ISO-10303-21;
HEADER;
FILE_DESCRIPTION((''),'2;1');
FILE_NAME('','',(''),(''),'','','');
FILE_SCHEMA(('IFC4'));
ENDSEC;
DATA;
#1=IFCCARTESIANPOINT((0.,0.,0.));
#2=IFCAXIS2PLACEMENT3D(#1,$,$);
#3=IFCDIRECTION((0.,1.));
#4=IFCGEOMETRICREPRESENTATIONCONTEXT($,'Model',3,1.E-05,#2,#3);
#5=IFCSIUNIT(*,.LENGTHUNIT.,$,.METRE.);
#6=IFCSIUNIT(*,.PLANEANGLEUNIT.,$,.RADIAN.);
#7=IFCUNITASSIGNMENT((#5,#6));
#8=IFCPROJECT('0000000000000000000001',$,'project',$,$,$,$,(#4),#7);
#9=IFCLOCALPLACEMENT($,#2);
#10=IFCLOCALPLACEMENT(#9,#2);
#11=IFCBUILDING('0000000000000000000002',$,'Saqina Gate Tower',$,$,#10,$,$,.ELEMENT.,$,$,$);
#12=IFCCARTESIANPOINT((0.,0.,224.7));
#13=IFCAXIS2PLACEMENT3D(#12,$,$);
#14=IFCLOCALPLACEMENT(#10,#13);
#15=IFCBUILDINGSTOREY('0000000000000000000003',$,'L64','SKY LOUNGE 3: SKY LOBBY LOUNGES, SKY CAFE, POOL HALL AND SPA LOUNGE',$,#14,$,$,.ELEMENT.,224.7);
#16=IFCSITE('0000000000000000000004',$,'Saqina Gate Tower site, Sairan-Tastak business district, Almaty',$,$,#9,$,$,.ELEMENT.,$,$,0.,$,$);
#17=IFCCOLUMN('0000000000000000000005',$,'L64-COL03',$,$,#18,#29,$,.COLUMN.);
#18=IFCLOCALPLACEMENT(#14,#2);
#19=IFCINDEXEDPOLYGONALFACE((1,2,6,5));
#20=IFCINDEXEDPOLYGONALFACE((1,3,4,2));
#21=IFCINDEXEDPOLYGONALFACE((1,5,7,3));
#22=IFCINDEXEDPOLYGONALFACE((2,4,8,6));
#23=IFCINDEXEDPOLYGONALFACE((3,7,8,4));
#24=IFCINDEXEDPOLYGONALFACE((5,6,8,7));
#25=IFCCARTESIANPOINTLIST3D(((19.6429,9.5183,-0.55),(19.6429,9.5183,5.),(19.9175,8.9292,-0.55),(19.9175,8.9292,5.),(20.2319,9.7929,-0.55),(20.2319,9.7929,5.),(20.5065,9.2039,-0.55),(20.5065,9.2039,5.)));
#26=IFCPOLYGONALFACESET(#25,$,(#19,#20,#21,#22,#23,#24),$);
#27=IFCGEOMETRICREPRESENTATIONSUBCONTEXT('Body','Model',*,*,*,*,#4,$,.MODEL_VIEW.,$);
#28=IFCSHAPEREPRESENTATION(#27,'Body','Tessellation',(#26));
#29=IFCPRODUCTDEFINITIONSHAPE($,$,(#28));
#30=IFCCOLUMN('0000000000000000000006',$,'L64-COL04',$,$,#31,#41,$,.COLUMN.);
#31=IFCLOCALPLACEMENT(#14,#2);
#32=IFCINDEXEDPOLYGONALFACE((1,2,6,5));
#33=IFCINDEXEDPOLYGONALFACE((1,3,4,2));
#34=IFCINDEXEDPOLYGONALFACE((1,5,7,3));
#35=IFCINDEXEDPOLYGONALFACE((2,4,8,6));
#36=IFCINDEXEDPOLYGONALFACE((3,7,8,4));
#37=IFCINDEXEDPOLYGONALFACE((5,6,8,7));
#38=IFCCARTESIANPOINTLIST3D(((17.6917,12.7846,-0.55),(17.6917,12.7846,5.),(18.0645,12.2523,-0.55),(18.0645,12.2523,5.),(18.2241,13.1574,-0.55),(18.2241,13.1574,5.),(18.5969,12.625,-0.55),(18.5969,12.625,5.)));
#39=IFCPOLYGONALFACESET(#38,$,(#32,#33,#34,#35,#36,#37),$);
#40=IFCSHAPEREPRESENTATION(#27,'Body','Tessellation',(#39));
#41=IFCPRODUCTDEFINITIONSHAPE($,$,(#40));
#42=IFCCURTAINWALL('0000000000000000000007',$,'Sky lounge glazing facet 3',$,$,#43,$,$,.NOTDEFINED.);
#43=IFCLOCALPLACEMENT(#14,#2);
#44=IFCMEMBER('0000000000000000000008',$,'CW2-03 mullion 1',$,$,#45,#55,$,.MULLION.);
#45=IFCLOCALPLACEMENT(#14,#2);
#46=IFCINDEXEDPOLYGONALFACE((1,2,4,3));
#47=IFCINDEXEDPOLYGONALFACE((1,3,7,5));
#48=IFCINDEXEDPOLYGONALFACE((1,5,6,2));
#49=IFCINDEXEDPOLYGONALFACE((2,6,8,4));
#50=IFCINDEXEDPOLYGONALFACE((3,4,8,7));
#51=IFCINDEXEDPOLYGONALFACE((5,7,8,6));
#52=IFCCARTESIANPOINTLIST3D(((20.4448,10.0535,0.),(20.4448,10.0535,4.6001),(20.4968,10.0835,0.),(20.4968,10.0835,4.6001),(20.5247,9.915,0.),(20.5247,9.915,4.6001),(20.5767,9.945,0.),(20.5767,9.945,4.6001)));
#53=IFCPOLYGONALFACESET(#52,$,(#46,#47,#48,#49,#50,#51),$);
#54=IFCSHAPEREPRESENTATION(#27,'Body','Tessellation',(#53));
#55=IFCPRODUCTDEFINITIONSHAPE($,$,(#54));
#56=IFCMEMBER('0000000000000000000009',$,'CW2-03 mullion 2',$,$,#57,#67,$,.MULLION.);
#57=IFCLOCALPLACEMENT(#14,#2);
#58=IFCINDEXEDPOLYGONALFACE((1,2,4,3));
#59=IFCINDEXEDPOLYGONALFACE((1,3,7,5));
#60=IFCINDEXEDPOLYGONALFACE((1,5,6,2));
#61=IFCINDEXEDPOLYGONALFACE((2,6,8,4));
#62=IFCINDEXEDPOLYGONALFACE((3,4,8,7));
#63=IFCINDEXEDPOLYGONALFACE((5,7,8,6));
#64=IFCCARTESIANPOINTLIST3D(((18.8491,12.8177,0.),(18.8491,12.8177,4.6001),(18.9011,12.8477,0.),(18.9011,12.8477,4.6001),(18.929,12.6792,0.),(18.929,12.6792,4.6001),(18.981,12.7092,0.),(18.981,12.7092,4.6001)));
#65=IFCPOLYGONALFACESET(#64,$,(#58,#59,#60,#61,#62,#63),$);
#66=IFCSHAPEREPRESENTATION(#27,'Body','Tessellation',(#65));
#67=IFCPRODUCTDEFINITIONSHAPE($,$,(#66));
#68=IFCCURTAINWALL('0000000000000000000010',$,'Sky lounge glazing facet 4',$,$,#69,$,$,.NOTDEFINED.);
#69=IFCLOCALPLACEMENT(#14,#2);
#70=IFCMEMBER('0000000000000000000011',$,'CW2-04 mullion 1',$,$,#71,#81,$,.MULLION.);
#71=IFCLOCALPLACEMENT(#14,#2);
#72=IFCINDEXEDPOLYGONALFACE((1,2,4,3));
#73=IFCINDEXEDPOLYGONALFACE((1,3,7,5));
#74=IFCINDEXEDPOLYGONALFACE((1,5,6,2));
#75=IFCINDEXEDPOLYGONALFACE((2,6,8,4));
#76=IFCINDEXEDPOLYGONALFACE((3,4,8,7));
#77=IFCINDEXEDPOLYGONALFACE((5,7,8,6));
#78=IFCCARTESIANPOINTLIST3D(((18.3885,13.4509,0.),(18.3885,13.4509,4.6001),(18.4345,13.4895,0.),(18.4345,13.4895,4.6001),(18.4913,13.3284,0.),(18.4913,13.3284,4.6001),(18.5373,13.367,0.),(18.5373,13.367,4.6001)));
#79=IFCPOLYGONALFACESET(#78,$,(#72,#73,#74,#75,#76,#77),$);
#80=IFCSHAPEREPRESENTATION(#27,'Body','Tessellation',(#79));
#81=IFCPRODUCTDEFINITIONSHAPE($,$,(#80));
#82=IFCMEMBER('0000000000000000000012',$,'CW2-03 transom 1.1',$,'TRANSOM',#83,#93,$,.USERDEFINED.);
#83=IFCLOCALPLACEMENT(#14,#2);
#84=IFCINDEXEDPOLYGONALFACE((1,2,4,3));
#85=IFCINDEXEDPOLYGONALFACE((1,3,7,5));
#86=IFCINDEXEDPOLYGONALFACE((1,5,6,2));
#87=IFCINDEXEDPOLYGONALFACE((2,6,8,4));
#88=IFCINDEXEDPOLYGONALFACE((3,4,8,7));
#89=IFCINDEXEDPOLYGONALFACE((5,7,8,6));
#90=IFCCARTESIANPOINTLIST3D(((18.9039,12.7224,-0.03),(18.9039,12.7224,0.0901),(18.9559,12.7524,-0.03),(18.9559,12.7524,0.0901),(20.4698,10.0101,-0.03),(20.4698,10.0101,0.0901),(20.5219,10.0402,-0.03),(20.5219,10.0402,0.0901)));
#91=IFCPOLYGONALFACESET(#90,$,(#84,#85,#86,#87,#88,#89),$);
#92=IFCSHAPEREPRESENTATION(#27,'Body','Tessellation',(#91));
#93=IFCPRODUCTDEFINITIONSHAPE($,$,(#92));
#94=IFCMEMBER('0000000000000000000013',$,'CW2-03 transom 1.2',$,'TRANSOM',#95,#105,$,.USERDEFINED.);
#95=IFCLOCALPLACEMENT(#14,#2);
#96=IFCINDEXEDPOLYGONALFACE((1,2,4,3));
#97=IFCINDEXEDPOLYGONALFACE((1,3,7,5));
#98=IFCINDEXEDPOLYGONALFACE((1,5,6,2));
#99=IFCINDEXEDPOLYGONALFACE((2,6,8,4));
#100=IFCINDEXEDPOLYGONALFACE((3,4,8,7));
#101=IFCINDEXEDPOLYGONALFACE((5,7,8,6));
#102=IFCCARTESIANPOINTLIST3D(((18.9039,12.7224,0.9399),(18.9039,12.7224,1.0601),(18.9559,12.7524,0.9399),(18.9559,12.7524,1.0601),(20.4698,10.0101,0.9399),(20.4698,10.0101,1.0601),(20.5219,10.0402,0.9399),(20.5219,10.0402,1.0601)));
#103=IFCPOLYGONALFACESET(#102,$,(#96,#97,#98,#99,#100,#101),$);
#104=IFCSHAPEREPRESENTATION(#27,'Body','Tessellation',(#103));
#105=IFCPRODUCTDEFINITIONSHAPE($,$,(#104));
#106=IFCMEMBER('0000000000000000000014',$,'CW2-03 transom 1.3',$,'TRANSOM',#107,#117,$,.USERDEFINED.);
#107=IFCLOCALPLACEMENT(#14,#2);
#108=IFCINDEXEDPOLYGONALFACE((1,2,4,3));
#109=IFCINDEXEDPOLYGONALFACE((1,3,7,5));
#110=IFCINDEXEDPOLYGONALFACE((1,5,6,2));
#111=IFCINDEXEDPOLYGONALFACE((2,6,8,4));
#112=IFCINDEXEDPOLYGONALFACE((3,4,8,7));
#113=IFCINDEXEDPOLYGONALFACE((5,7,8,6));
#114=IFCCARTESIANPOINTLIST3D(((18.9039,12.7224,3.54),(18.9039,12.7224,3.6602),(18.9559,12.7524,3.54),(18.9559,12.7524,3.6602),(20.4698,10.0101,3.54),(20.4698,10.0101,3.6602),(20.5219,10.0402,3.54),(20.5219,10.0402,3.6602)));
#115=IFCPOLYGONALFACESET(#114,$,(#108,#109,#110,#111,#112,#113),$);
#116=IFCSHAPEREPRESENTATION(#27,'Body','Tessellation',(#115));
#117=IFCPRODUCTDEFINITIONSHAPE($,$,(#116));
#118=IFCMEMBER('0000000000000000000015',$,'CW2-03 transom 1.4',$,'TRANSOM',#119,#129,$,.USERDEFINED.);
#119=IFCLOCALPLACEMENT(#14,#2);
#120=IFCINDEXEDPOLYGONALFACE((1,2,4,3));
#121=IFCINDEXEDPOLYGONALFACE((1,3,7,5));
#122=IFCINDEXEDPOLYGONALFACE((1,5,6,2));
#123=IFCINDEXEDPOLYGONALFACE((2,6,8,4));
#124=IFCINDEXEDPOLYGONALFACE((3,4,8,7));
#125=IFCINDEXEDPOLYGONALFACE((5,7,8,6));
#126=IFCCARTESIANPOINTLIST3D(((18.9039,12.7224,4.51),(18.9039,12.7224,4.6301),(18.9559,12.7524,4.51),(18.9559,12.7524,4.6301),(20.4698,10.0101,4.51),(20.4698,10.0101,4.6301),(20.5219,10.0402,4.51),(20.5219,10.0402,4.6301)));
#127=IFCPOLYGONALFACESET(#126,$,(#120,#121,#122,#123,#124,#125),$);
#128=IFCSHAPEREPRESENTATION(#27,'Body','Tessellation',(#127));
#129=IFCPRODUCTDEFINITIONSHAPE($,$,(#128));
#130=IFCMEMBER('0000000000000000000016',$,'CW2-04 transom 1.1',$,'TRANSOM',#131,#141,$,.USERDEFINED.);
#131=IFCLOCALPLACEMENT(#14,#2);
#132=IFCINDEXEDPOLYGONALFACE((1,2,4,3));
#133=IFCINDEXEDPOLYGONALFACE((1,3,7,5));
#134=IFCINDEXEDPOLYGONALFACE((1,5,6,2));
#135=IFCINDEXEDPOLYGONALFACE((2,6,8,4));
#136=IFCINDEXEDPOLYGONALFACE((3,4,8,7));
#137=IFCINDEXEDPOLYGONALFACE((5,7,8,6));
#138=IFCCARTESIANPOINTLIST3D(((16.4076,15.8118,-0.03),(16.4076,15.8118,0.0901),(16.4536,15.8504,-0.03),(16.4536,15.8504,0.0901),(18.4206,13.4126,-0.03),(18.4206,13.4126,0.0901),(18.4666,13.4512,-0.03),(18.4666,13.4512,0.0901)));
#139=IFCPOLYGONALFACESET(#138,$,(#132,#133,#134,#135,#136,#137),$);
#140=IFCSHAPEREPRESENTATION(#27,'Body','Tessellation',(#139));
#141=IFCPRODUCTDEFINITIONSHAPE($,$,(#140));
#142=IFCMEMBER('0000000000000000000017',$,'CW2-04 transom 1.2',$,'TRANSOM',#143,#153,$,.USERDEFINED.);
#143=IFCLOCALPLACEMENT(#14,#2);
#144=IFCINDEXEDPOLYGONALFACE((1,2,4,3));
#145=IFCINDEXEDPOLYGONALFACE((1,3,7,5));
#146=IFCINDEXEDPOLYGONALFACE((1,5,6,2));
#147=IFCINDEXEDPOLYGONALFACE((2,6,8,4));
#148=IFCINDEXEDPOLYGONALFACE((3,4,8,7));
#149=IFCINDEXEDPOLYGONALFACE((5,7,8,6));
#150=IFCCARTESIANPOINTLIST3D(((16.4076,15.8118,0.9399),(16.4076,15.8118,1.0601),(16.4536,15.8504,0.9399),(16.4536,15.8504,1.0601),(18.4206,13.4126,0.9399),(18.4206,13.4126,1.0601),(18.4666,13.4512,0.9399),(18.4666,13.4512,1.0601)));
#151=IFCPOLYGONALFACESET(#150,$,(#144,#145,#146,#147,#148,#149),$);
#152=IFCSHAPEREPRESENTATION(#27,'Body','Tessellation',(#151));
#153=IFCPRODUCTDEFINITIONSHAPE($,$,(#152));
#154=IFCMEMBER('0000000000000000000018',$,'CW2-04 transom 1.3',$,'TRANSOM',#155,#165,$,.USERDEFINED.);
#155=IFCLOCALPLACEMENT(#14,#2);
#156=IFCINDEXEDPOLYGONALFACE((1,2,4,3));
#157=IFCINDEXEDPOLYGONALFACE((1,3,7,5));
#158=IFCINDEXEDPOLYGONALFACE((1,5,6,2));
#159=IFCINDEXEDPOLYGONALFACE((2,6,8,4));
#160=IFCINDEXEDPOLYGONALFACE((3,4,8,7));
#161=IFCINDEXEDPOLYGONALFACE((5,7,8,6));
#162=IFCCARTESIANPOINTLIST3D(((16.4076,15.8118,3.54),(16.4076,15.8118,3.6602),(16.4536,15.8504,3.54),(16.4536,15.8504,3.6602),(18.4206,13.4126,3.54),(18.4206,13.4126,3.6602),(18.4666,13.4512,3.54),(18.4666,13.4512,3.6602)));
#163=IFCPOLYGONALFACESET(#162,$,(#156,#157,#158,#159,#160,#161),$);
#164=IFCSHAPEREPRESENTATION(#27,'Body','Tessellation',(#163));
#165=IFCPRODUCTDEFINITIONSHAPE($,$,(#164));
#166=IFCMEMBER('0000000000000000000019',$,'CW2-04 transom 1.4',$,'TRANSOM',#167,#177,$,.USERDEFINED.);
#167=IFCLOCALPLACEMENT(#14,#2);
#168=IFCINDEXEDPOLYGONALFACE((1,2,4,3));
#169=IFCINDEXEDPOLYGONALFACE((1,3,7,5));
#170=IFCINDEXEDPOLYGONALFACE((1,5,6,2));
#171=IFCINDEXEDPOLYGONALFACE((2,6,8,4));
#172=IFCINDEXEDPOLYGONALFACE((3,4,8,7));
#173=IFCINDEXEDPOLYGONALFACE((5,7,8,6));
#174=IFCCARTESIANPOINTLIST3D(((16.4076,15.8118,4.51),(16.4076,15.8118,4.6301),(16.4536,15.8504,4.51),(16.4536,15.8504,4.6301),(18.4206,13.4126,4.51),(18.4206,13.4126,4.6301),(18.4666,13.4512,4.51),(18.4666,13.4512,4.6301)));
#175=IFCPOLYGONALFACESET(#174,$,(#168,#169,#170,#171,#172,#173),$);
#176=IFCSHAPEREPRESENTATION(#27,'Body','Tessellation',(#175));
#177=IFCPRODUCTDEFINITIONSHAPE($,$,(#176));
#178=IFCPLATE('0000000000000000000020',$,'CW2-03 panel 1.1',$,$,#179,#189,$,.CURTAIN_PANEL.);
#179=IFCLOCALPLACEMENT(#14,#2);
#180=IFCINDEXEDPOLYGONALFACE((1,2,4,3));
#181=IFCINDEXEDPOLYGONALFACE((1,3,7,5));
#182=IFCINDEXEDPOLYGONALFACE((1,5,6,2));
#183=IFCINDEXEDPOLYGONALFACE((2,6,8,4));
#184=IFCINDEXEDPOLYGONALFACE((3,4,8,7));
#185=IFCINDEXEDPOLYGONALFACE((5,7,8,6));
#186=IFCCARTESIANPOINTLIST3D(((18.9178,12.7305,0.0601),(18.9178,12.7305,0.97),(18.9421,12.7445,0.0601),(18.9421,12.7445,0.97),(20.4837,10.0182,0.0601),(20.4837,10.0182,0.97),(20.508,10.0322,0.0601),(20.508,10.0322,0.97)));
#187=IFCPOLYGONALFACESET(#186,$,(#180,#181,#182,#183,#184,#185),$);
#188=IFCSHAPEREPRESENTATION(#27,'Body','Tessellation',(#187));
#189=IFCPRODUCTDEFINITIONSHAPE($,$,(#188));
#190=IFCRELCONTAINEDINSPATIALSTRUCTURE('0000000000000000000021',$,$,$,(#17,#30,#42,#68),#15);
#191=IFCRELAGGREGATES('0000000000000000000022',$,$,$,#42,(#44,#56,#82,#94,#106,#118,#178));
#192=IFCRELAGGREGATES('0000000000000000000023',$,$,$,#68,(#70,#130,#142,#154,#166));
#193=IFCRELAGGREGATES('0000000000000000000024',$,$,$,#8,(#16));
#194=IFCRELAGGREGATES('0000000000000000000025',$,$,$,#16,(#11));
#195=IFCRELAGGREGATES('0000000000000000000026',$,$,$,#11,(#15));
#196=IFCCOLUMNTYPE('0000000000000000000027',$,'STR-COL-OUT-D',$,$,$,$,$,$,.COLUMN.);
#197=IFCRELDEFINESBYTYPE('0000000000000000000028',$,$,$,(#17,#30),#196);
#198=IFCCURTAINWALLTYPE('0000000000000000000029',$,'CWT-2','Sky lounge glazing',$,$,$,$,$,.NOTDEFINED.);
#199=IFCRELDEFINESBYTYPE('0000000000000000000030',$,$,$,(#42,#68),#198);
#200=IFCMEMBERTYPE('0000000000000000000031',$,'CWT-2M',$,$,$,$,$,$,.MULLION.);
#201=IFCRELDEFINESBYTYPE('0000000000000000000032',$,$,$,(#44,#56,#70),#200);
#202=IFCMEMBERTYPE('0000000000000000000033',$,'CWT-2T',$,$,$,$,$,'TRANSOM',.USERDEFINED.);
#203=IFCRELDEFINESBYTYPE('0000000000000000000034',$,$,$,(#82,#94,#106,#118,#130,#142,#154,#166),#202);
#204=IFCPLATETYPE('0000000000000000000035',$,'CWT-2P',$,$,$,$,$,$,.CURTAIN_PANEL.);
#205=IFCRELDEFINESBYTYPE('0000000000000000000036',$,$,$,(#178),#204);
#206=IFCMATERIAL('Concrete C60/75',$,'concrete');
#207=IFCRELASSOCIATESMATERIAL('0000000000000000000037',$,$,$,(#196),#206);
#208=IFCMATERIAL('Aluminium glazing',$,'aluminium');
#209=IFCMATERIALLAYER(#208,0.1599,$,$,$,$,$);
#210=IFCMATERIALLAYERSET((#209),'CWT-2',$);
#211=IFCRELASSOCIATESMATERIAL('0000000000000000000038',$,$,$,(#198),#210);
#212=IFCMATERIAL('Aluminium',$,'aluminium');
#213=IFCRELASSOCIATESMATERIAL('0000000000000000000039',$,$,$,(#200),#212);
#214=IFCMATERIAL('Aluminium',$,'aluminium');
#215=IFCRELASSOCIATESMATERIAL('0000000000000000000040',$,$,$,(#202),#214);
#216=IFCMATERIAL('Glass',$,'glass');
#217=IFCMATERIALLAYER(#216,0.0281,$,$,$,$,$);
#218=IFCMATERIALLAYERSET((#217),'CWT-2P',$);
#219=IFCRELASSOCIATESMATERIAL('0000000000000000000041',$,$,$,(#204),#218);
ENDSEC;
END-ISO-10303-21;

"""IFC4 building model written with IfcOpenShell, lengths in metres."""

from ifc_helpers import new_model, si_unit, direction, frame, origin, origin_2d, place, context, subcontext, project, spatial, rectangle, extrude, material, layer, layer_set, material_profile, profile_set, type_object, element, aggregate, save


model = new_model("IFC4")

# Units and contexts
model_context = context("Model", 3, precision=1e-05, world=origin(), true_north=direction((0.0, 1.0)))
body_context = subcontext(model_context, "Body", "Model", "MODEL_VIEW")
ifc_project = project(units=[si_unit("LENGTHUNIT", "METRE"), si_unit("PLANEANGLEUNIT", "RADIAN")], contexts=[model_context])

# Site, building, storey
site_placement = place(None, origin())
site = spatial("IfcSite", under=ifc_project, at=site_placement, Name="Saqina Gate Tower site, Sairan-Tastak business district, Almaty", CompositionType="ELEMENT", RefElevation=0.0)
building_placement = place(site_placement, origin())
building = spatial("IfcBuilding", under=site, at=building_placement, Name="Saqina Gate Tower", CompositionType="ELEMENT")
storey_placement = place(building_placement, frame((0.0, 0.0, 224.7)))
storey = spatial("IfcBuildingStorey", under=building, at=storey_placement, Name="L64", Description="SKY LOUNGE 3: SKY LOBBY LOUNGES, SKY CAFE, POOL HALL AND SPA LOUNGE", CompositionType="ELEMENT", Elevation=224.7)

# Columns
ifc_material_1 = material(Name="Concrete C60/75", Category="concrete")
ifc_material_profile_1 = material_profile(ifc_material_1, rectangle(XDim=0.6499, YDim=0.6499, at=origin_2d()), Name="RC 650x650")
ifc_profile_set_1 = profile_set([ifc_material_profile_1], Name="Concrete C60/75")
column_type = type_object("IfcColumnType", Name="STR-COL-OUT-D", PredefinedType="COLUMN", material=ifc_profile_set_1)
for number, where, z_axis, x_axis, name in (
    (1, (20.0747, 9.3611, -0.55), (0.0, 0.0, 1.0), (0.906308, 0.422618, 0.0), "L64-COL03"),
    (2, (18.1443, 12.7048, -0.55), (0.0, 0.0, 1.0), (0.819152, 0.573576, 0.0), "L64-COL04"),
):
    element("IfcColumn", number, at=place(storey_placement, frame(where, z_axis=z_axis, x_axis=x_axis)), inside=storey, type_object=column_type, Name=name, PredefinedType="COLUMN", context=body_context, shape_type="SweptSolid", body=[
        extrude(rectangle(XDim=0.6499, YDim=0.6499, at=origin_2d()), origin(), (0.0, 0.0, 1.0), 5.55),
    ])

# Curtain wall, members
ifc_material_2 = material(Name="Aluminium glazing", Category="aluminium")
ifc_layer_1 = layer(ifc_material_2, 0.1599)
ifc_layer_set_1 = layer_set([ifc_layer_1], Name="CWT-2")
curtain_wall_type = type_object("IfcCurtainWallType", Name="CWT-2", Description="Sky lounge glazing", PredefinedType="NOTDEFINED", material=ifc_layer_set_1)
curtain_wall_1_placement = place(storey_placement, origin())
curtain_wall_1 = element("IfcCurtainWall", 3, at=curtain_wall_1_placement, inside=storey, type_object=curtain_wall_type, Name="Sky lounge glazing facet 3", PredefinedType="NOTDEFINED")
ifc_material_3 = material(Name="Aluminium", Category="aluminium")
ifc_material_profile_2 = material_profile(ifc_material_3, rectangle(XDim=0.0601, YDim=0.1599, at=origin_2d()), Name="Aluminium 60x160")
ifc_profile_set_2 = profile_set([ifc_material_profile_2], Name="Aluminium")
member_type_1 = type_object("IfcMemberType", Name="CWT-2M", PredefinedType="MULLION", material=ifc_profile_set_2)
member_1_placement = place(storey_placement, frame((20.5107, 9.9993, 0.0), z_axis=(0.0, 0.0, 1.0), x_axis=(-0.866036, -0.499982, 0.0)))
member_1 = element("IfcMember", 4, at=member_1_placement, type_object=member_type_1, Name="CW2-03 mullion 1", PredefinedType="MULLION", context=body_context, shape_type="SweptSolid", body=[
    extrude(rectangle(XDim=0.0601, YDim=0.1599, at=origin_2d()), origin(), (0.0, 0.0, 1.0), 4.6001),
])
member_2_placement = place(storey_placement, frame((18.915, 12.7634, 0.0), z_axis=(0.0, 0.0, 1.0), x_axis=(-0.866036, -0.499982, 0.0)))
member_2 = element("IfcMember", 5, at=member_2_placement, type_object=member_type_1, Name="CW2-03 mullion 2", PredefinedType="MULLION", context=body_context, shape_type="SweptSolid", body=[
    extrude(rectangle(XDim=0.0601, YDim=0.1599, at=origin_2d()), origin(), (0.0, 0.0, 1.0), 4.6001),
])

# Curtain wall, member
curtain_wall_2_placement = place(storey_placement, origin())
curtain_wall_2 = element("IfcCurtainWall", 6, at=curtain_wall_2_placement, inside=storey, type_object=curtain_wall_type, Name="Sky lounge glazing facet 4", PredefinedType="NOTDEFINED")
member_3_placement = place(storey_placement, frame((18.4629, 13.4089, 0.0), z_axis=(0.0, 0.0, 1.0), x_axis=(-0.766046, -0.642785, 0.0)))
member_3 = element("IfcMember", 7, at=member_3_placement, type_object=member_type_1, Name="CW2-04 mullion 1", PredefinedType="MULLION", context=body_context, shape_type="SweptSolid", body=[
    extrude(rectangle(XDim=0.0601, YDim=0.1599, at=origin_2d()), origin(), (0.0, 0.0, 1.0), 4.6001),
])

# Members
ifc_material_4 = material(Name="Aluminium", Category="aluminium")
ifc_material_profile_3 = material_profile(ifc_material_4, rectangle(XDim=0.0601, YDim=0.1201, at=origin_2d()), Name="Aluminium 60x120")
ifc_profile_set_3 = profile_set([ifc_material_profile_3], Name="Aluminium")
member_type_2 = type_object("IfcMemberType", Name="CWT-2T", ElementType="TRANSOM", PredefinedType="USERDEFINED", material=ifc_profile_set_3)
member_4_placement = place(storey_placement, frame((20.4958, 10.0251, 0.03), z_axis=(-0.500013, 0.866018, 0.0), x_axis=(-0.866018, -0.500013, 0.0)))
member_4 = element("IfcMember", 8, at=member_4_placement, type_object=member_type_2, Name="CW2-03 transom 1.1", ObjectType="TRANSOM", PredefinedType="USERDEFINED", context=body_context, shape_type="SweptSolid", body=[
    extrude(rectangle(XDim=0.0601, YDim=0.1201, at=origin_2d()), origin(), (0.0, 0.0, 1.0), 3.1318),
])
member_5_placement = place(storey_placement, frame((20.4958, 10.0251, 1.0), z_axis=(-0.500013, 0.866018, 0.0), x_axis=(-0.866018, -0.500013, 0.0)))
member_5 = element("IfcMember", 9, at=member_5_placement, type_object=member_type_2, Name="CW2-03 transom 1.2", ObjectType="TRANSOM", PredefinedType="USERDEFINED", context=body_context, shape_type="SweptSolid", body=[
    extrude(rectangle(XDim=0.0601, YDim=0.1201, at=origin_2d()), origin(), (0.0, 0.0, 1.0), 3.1318),
])
member_6_placement = place(storey_placement, frame((20.4958, 10.0251, 3.6001), z_axis=(-0.500013, 0.866018, 0.0), x_axis=(-0.866018, -0.500013, 0.0)))
member_6 = element("IfcMember", 10, at=member_6_placement, type_object=member_type_2, Name="CW2-03 transom 1.3", ObjectType="TRANSOM", PredefinedType="USERDEFINED", context=body_context, shape_type="SweptSolid", body=[
    extrude(rectangle(XDim=0.0601, YDim=0.1201, at=origin_2d()), origin(), (0.0, 0.0, 1.0), 3.1318),
])
member_7_placement = place(storey_placement, frame((20.4958, 10.0251, 4.5701), z_axis=(-0.500013, 0.866018, 0.0), x_axis=(-0.866018, -0.500013, 0.0)))
member_7 = element("IfcMember", 11, at=member_7_placement, type_object=member_type_2, Name="CW2-03 transom 1.4", ObjectType="TRANSOM", PredefinedType="USERDEFINED", context=body_context, shape_type="SweptSolid", body=[
    extrude(rectangle(XDim=0.0601, YDim=0.1201, at=origin_2d()), origin(), (0.0, 0.0, 1.0), 3.1318),
])
member_8_placement = place(storey_placement, frame((18.4436, 13.4319, 0.03), z_axis=(-0.64275, 0.766076, 0.0), x_axis=(-0.766076, -0.64275, 0.0)))
member_8 = element("IfcMember", 12, at=member_8_placement, type_object=member_type_2, Name="CW2-04 transom 1.1", ObjectType="TRANSOM", PredefinedType="USERDEFINED", context=body_context, shape_type="SweptSolid", body=[
    extrude(rectangle(XDim=0.0601, YDim=0.1201, at=origin_2d()), origin(), (0.0, 0.0, 1.0), 3.1318),
])
member_9_placement = place(storey_placement, frame((18.4436, 13.4319, 1.0), z_axis=(-0.64275, 0.766076, 0.0), x_axis=(-0.766076, -0.64275, 0.0)))
member_9 = element("IfcMember", 13, at=member_9_placement, type_object=member_type_2, Name="CW2-04 transom 1.2", ObjectType="TRANSOM", PredefinedType="USERDEFINED", context=body_context, shape_type="SweptSolid", body=[
    extrude(rectangle(XDim=0.0601, YDim=0.1201, at=origin_2d()), origin(), (0.0, 0.0, 1.0), 3.1318),
])
member_10_placement = place(storey_placement, frame((18.4436, 13.4319, 3.6001), z_axis=(-0.64275, 0.766076, 0.0), x_axis=(-0.766076, -0.64275, 0.0)))
member_10 = element("IfcMember", 14, at=member_10_placement, type_object=member_type_2, Name="CW2-04 transom 1.3", ObjectType="TRANSOM", PredefinedType="USERDEFINED", context=body_context, shape_type="SweptSolid", body=[
    extrude(rectangle(XDim=0.0601, YDim=0.1201, at=origin_2d()), origin(), (0.0, 0.0, 1.0), 3.1318),
])
member_11_placement = place(storey_placement, frame((18.4436, 13.4319, 4.5701), z_axis=(-0.64275, 0.766076, 0.0), x_axis=(-0.766076, -0.64275, 0.0)))
member_11 = element("IfcMember", 15, at=member_11_placement, type_object=member_type_2, Name="CW2-04 transom 1.4", ObjectType="TRANSOM", PredefinedType="USERDEFINED", context=body_context, shape_type="SweptSolid", body=[
    extrude(rectangle(XDim=0.0601, YDim=0.1201, at=origin_2d()), origin(), (0.0, 0.0, 1.0), 3.1318),
])

# Plate
ifc_material_5 = material(Name="Glass", Category="glass")
ifc_layer_2 = layer(ifc_material_5, 0.0281)
ifc_layer_set_2 = layer_set([ifc_layer_2], Name="CWT-2P")
plate_type = type_object("IfcPlateType", Name="CWT-2P", PredefinedType="CURTAIN_PANEL", material=ifc_layer_set_2)
plate_1_placement = place(storey_placement, frame((19.7129, 11.3813, 0.0601), z_axis=(0.0, 0.0, 1.0), x_axis=(-0.499982, 0.866036, 0.0)))
plate_1 = element("IfcPlate", 16, at=plate_1_placement, type_object=plate_type, Name="CW2-03 panel 1.1", PredefinedType="CURTAIN_PANEL", context=body_context, shape_type="SweptSolid", body=[
    extrude(rectangle(XDim=3.1318, YDim=0.0281, at=origin_2d()), origin(), (0.0, 0.0, 1.0), 0.9099),
])
aggregate(curtain_wall_1, [member_1, member_2, member_4, member_5, member_6, member_7, plate_1])
aggregate(curtain_wall_2, [member_3, member_8, member_9, member_10, member_11])

save(model, "model.ifc")
